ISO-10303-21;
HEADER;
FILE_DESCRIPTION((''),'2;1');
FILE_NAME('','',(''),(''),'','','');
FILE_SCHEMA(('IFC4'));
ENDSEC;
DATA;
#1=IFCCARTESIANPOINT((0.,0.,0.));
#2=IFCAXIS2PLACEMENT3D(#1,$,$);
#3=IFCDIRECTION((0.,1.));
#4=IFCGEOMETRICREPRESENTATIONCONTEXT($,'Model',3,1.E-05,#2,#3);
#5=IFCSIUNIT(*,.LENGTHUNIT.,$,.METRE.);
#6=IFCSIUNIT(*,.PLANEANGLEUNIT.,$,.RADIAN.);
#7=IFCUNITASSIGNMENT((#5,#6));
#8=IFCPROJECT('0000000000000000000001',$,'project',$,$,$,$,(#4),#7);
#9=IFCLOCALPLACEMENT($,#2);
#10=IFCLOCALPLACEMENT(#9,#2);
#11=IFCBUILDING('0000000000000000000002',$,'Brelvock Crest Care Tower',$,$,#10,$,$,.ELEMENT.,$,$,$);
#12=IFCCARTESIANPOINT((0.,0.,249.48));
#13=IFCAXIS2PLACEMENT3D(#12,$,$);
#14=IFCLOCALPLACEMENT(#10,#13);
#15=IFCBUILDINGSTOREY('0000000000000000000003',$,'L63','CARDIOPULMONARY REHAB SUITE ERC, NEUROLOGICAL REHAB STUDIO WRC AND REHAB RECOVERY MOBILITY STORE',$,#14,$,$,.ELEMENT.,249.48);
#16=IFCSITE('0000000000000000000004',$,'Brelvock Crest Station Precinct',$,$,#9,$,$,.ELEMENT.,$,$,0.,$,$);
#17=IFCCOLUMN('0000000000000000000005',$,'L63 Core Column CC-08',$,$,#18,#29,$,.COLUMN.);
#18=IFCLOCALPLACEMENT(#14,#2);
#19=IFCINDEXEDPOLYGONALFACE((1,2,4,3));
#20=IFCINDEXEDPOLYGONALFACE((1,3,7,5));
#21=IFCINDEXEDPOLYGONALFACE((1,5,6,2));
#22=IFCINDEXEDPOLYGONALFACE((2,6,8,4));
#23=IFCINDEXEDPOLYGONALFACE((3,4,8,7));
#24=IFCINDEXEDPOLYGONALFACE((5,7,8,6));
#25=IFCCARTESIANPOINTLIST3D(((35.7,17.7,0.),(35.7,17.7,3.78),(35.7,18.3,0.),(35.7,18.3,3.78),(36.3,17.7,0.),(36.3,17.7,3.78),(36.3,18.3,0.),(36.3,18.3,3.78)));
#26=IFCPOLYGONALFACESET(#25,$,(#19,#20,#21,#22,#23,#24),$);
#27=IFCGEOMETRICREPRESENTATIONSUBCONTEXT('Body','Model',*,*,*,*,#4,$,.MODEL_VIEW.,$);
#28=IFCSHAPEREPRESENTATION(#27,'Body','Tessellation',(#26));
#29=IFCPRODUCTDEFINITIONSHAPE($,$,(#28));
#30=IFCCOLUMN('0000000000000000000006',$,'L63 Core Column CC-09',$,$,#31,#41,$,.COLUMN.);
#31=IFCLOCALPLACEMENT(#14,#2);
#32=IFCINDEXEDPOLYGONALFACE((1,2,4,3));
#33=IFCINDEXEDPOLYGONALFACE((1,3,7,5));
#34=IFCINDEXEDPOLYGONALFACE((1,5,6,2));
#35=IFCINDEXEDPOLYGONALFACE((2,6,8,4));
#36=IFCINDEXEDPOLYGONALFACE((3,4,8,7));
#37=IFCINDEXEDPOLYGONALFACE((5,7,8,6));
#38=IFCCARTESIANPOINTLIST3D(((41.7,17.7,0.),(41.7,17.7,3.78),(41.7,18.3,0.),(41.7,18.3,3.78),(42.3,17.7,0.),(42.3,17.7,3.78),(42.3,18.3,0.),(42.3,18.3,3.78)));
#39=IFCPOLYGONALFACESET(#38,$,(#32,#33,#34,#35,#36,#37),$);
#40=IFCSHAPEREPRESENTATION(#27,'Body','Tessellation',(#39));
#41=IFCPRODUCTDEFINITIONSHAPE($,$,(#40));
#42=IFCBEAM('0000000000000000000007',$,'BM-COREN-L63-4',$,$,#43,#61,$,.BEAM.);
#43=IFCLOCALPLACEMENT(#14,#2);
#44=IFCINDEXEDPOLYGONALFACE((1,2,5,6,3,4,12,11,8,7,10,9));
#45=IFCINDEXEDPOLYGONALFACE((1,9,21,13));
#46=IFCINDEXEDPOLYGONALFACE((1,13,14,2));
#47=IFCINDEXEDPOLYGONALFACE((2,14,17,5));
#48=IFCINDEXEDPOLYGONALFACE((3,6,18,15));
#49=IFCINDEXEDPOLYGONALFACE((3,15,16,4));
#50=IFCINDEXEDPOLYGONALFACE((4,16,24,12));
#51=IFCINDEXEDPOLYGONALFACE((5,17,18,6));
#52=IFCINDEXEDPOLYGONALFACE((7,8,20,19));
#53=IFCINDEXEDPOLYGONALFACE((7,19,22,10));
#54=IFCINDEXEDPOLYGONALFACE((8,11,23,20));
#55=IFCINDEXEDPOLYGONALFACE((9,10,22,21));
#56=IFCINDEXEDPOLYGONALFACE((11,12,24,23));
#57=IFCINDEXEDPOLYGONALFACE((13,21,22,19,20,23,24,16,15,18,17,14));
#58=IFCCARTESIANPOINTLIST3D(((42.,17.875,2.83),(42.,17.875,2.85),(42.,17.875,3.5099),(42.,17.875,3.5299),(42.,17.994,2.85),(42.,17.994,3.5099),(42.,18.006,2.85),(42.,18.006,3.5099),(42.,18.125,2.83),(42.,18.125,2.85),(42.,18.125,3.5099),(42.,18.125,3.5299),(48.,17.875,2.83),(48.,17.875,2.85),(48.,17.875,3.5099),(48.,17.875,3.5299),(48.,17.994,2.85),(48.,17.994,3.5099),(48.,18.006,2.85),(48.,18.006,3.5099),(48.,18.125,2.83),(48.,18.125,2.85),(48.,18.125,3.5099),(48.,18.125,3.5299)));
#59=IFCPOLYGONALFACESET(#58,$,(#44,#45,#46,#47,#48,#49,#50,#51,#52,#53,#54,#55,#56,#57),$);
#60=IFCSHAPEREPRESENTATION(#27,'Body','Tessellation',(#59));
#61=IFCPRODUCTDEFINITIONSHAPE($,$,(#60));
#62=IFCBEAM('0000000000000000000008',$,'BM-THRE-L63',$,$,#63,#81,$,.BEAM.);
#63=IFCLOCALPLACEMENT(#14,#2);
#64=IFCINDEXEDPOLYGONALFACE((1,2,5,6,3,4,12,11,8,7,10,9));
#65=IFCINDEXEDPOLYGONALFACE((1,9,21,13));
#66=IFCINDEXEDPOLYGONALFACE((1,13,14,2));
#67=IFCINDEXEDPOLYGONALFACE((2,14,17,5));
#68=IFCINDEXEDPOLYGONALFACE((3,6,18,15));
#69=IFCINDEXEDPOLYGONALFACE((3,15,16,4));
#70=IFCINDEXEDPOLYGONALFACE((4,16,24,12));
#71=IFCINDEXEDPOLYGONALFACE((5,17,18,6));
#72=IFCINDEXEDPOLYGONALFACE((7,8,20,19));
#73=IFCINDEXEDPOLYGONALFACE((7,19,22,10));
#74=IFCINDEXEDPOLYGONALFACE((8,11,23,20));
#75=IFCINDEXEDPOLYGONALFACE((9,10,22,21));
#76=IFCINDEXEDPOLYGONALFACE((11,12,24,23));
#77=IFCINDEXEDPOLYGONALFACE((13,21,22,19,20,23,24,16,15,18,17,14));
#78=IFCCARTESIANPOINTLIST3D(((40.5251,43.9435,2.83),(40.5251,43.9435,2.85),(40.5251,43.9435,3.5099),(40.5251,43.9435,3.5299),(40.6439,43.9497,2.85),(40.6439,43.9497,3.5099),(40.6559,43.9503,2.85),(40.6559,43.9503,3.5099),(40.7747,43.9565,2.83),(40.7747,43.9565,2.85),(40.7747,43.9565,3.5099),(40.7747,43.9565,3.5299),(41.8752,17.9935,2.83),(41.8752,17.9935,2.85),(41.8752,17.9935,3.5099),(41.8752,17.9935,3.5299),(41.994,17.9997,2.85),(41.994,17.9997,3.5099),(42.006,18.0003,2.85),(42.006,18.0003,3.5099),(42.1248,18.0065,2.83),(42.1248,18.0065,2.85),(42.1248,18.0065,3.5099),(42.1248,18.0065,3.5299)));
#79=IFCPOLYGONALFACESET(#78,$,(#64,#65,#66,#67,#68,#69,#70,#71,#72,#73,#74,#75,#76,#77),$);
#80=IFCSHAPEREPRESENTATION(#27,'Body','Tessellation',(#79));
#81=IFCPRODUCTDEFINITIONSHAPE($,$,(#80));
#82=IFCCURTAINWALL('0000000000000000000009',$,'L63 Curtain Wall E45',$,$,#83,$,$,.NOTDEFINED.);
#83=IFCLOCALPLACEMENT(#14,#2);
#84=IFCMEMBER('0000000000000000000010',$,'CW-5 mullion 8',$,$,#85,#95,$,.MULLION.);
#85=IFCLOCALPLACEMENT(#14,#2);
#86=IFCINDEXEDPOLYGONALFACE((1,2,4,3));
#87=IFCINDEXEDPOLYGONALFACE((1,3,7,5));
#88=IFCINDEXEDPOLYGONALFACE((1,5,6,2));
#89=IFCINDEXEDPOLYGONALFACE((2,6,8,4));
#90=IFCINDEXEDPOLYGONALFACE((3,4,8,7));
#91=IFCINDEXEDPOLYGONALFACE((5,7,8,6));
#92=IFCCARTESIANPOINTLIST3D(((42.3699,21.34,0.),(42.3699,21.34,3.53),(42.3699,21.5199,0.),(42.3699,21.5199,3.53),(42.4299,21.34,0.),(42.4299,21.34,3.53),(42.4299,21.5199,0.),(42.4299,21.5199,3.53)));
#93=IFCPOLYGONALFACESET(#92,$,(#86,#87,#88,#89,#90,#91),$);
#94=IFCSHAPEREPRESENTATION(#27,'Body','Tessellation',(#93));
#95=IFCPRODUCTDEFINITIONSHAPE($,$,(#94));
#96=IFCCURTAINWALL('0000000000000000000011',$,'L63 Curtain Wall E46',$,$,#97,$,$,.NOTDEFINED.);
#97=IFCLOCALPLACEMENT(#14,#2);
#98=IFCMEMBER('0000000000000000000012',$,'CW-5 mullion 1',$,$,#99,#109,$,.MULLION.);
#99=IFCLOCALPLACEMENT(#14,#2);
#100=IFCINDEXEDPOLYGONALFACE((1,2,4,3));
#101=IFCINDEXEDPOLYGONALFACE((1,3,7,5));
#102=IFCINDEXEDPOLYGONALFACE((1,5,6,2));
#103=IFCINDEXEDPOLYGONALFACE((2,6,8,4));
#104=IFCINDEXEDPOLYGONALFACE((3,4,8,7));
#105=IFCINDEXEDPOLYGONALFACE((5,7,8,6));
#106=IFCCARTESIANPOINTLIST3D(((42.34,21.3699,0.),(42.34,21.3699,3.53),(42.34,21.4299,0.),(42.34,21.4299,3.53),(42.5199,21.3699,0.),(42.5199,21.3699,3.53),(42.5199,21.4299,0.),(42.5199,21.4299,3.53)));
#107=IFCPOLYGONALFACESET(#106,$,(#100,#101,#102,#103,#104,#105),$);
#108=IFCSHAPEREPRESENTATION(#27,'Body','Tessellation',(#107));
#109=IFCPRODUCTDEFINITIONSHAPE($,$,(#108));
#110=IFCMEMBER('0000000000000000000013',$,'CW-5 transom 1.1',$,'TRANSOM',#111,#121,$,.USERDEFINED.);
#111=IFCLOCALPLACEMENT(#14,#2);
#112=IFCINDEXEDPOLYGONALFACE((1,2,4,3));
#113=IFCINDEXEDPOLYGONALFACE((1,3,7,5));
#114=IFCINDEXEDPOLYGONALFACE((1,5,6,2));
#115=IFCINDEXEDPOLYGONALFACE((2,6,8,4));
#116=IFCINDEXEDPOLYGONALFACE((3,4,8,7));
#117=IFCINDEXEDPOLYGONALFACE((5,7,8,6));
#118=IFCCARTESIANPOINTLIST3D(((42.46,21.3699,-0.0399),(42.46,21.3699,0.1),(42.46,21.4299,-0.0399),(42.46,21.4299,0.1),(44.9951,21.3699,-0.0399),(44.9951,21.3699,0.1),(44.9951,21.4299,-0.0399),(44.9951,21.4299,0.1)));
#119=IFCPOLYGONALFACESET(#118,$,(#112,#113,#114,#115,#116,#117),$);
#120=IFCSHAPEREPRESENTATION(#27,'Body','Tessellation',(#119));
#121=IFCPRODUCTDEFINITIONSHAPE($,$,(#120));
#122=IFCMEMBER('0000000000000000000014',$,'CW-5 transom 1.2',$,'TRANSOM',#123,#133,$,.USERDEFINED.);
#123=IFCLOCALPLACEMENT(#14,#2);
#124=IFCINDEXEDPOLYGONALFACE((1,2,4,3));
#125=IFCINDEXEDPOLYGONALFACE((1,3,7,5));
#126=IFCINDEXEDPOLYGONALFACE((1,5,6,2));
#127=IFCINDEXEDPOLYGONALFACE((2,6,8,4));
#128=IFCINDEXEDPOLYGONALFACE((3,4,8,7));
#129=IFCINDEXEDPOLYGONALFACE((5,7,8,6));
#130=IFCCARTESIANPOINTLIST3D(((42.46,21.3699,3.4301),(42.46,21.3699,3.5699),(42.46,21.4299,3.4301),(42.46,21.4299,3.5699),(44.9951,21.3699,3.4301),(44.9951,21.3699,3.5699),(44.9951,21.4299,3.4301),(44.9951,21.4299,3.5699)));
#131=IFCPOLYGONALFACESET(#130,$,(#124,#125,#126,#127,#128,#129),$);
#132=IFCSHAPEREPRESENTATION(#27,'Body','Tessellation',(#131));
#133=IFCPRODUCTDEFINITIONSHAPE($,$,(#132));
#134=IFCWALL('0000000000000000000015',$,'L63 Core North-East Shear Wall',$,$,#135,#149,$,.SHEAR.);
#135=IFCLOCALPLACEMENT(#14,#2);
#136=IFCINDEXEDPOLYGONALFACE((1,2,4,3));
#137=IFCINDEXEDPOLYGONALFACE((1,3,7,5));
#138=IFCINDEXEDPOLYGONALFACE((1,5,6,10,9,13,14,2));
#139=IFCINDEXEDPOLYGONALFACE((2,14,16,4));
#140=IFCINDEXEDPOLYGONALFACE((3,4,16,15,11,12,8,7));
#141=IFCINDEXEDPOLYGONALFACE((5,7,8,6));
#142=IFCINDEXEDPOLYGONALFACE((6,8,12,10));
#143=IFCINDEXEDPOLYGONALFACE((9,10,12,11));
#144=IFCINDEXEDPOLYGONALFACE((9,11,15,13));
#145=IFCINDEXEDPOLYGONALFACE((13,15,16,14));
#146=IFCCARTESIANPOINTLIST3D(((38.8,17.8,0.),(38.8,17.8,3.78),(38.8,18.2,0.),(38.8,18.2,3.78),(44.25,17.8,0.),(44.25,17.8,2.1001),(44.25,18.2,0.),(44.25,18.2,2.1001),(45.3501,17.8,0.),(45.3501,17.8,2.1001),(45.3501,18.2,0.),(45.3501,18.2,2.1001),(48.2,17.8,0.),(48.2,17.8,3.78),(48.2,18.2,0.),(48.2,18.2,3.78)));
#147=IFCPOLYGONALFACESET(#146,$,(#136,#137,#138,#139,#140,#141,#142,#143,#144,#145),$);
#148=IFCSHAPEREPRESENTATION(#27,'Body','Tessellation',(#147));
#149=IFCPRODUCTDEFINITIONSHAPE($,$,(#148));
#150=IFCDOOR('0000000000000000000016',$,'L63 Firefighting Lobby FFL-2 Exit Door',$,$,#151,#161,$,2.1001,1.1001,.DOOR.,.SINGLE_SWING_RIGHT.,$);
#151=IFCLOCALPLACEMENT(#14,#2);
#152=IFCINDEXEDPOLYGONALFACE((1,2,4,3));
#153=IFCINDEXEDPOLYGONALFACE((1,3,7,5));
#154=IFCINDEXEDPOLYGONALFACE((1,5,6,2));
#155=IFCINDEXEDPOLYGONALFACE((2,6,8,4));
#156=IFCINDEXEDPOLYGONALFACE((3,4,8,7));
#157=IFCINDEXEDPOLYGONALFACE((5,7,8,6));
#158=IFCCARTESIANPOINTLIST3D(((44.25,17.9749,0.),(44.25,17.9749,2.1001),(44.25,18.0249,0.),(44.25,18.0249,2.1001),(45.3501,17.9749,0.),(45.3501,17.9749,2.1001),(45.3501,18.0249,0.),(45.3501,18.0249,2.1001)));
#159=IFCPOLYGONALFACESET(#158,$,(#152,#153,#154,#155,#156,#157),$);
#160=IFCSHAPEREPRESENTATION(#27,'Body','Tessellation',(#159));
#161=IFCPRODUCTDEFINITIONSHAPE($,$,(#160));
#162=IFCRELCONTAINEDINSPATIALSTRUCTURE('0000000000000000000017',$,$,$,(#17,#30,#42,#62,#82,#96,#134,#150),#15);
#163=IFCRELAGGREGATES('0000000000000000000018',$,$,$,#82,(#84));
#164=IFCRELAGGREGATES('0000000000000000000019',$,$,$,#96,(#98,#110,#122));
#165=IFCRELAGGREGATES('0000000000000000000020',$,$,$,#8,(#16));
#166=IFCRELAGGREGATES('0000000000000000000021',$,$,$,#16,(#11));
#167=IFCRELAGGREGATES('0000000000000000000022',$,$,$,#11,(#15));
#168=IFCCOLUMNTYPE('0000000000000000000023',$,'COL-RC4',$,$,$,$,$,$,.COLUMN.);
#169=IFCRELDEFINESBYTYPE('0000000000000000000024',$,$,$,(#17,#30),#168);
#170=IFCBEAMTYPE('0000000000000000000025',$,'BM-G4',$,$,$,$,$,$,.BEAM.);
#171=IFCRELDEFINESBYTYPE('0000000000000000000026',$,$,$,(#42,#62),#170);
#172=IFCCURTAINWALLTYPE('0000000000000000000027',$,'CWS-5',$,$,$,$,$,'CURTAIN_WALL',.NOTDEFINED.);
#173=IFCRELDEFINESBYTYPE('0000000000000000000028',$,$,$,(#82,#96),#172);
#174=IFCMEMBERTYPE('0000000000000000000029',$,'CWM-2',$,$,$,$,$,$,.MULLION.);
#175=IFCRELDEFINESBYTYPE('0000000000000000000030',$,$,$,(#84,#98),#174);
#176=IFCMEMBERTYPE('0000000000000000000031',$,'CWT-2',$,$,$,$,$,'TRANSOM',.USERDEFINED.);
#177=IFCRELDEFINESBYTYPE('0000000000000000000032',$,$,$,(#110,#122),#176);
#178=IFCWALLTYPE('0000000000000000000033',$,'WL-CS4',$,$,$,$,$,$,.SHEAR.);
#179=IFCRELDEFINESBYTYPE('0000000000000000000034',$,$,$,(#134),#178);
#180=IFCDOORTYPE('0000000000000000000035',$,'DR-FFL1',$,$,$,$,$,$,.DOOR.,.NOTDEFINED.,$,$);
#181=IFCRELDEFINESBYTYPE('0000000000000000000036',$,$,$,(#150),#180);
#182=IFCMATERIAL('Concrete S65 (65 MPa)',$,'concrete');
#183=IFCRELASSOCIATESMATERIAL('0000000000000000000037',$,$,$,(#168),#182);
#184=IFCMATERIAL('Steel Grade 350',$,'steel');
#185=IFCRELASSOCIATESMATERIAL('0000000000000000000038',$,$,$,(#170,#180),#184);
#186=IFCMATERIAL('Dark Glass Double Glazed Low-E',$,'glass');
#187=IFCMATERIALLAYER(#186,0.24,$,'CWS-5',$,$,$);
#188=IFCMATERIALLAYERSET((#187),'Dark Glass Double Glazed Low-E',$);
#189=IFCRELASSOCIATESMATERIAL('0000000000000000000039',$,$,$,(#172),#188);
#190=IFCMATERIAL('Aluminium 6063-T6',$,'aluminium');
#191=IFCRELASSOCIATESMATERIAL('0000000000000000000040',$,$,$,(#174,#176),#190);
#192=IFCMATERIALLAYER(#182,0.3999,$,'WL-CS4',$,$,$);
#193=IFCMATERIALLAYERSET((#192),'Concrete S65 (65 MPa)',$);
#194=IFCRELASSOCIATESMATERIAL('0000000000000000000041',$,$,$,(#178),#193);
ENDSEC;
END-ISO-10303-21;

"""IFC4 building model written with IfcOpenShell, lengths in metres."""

from ifc_helpers import new_model, si_unit, direction, frame, frame_2d, origin, origin_2d, place, context, subcontext, project, spatial, rectangle, i_section, extrude, source, transform, mapped, material, layer, layer_set, material_profile, profile_set, type_object, element, fill, aggregate, save


model = new_model("IFC4")

# Units and contexts
model_context = context("Model", 3, precision=1e-05, world=origin(), true_north=direction((0.0, 1.0)))
body_context = subcontext(model_context, "Body", "Model", "MODEL_VIEW")
ifc_project = project(units=[si_unit("LENGTHUNIT", "METRE"), si_unit("PLANEANGLEUNIT", "RADIAN")], contexts=[model_context])

# Site, building, storey
site_placement = place(None, origin())
site = spatial("IfcSite", under=ifc_project, at=site_placement, Name="Brelvock Crest Station Precinct", CompositionType="ELEMENT", RefElevation=0.0)
building_placement = place(site_placement, origin())
building = spatial("IfcBuilding", under=site, at=building_placement, Name="Brelvock Crest Care Tower", CompositionType="ELEMENT")
storey_placement = place(building_placement, frame((0.0, 0.0, 249.48)))
storey = spatial("IfcBuildingStorey", under=building, at=storey_placement, Name="L63", Description="CARDIOPULMONARY REHAB SUITE ERC, NEUROLOGICAL REHAB STUDIO WRC AND REHAB RECOVERY MOBILITY STORE", CompositionType="ELEMENT", Elevation=249.48)

# Columns
ifc_material_1 = material(Name="Concrete S65 (65 MPa)", Category="concrete")
ifc_material_profile_1 = material_profile(ifc_material_1, rectangle(XDim=0.6001, YDim=0.6001, at=origin_2d()), Name="RC600x600")
ifc_profile_set_1 = profile_set([ifc_material_profile_1], Name="Concrete S65 (65 MPa)")
column_type = type_object("IfcColumnType", Name="COL-RC4", PredefinedType="COLUMN", material=ifc_profile_set_1)
shared_shape_1 = source(origin(), body_context, "Body", "SweptSolid", [
    extrude(rectangle(XDim=0.6001, YDim=0.6001, at=origin_2d()), origin(), (0.0, 0.0, 1.0), 3.78),
])
for number, where, z_axis, x_axis, name in (
    (1, (36.0, 18.0, 0.0), (0.0, 0.0, 1.0), (1.0, 0.0, 0.0), "L63 Core Column CC-08"),
    (2, (42.0, 18.0, 0.0), (0.0, 0.0, 1.0), (1.0, 0.0, 0.0), "L63 Core Column CC-09"),
):
    element("IfcColumn", number, at=place(storey_placement, frame(where, z_axis=z_axis, x_axis=x_axis)), inside=storey, type_object=column_type, Name=name, PredefinedType="COLUMN", context=body_context, shape_type="MappedRepresentation", body=[
        mapped(shared_shape_1, transform((0.0, 0.0, 0.0), x_axis=(1.0, 0.0, 0.0), y_axis=(0.0, 1.0, 0.0), z_axis=(0.0, 0.0, 1.0), scale=1.0)),
    ])

# Beams
ifc_material_2 = material(Name="Steel Grade 350", Category="steel")
ifc_material_profile_2 = material_profile(ifc_material_2, i_section(OverallWidth=0.25, OverallDepth=0.7, WebThickness=0.012, FlangeThickness=0.02, at=origin_2d()), Name="700WB150")
ifc_profile_set_2 = profile_set([ifc_material_profile_2], Name="Steel Grade 350")
beam_type = type_object("IfcBeamType", Name="BM-G4", PredefinedType="BEAM", material=ifc_profile_set_2)
shared_shape_2 = source(origin(), body_context, "Body", "SweptSolid", [
    extrude(i_section(OverallWidth=0.25, OverallDepth=0.7, WebThickness=0.012, FlangeThickness=0.02, at=origin_2d()), origin(), (0.0, 0.0, 1.0), 6.0),
])
beam_1_placement = place(storey_placement, frame((42.0, 18.0, 3.1799), z_axis=(1.0, 0.0, 0.0), x_axis=(0.0, 1.0, 0.0)))
element("IfcBeam", 3, at=beam_1_placement, inside=storey, type_object=beam_type, Name="BM-COREN-L63-4", PredefinedType="BEAM", context=body_context, shape_type="MappedRepresentation", body=[
    mapped(shared_shape_2, transform((0.0, 0.0, 0.0), x_axis=(1.0, 0.0, 0.0), y_axis=(0.0, 1.0, 0.0), z_axis=(0.0, 0.0, 1.0), scale=1.0)),
])
shared_shape_3 = source(origin(), body_context, "Body", "SweptSolid", [
    extrude(i_section(OverallWidth=0.25, OverallDepth=0.7, WebThickness=0.012, FlangeThickness=0.02, at=origin_2d()), origin(), (0.0, 0.0, 1.0), 25.9851),
])
beam_2_placement = place(storey_placement, frame((42.0, 18.0, 3.1799), z_axis=(-0.051957, 0.998649, 0.0), x_axis=(-0.998649, -0.051957, 0.0)))
element("IfcBeam", 4, at=beam_2_placement, inside=storey, type_object=beam_type, Name="BM-THRE-L63", PredefinedType="BEAM", context=body_context, shape_type="MappedRepresentation", body=[
    mapped(shared_shape_3, transform((0.0, 0.0, 0.0), x_axis=(1.0, 0.0, 0.0), y_axis=(0.0, 1.0, 0.0), z_axis=(0.0, 0.0, 1.0), scale=1.0)),
])

# Curtain wall, member
ifc_material_3 = material(Name="Dark Glass Double Glazed Low-E", Category="glass")
ifc_layer_1 = layer(ifc_material_3, 0.24, Name="CWS-5")
ifc_layer_set_1 = layer_set([ifc_layer_1], Name="Dark Glass Double Glazed Low-E")
curtain_wall_type = type_object("IfcCurtainWallType", Name="CWS-5", ElementType="CURTAIN_WALL", PredefinedType="NOTDEFINED", material=ifc_layer_set_1)
curtain_wall_1_placement = place(storey_placement, origin())
curtain_wall_1 = element("IfcCurtainWall", 5, at=curtain_wall_1_placement, inside=storey, type_object=curtain_wall_type, Name="L63 Curtain Wall E45", PredefinedType="NOTDEFINED")
ifc_material_4 = material(Name="Aluminium 6063-T6", Category="aluminium")
ifc_material_profile_3 = material_profile(ifc_material_4, rectangle(XDim=0.0601, YDim=0.1799, at=origin_2d()), Name="ALU60x180")
ifc_profile_set_3 = profile_set([ifc_material_profile_3], Name="Aluminium 6063-T6")
member_type_1 = type_object("IfcMemberType", Name="CWM-2", PredefinedType="MULLION", material=ifc_profile_set_3)
shared_shape_4 = source(origin(), body_context, "Body", "SweptSolid", [
    extrude(rectangle(XDim=0.0601, YDim=0.1799, at=origin_2d()), origin(), (0.0, 0.0, 1.0), 3.53),
])
member_1_placement = place(storey_placement, frame((42.3999, 21.4299, 0.0), z_axis=(0.0, 0.0, 1.0), x_axis=(1.0, 0.0, 0.0)))
member_1 = element("IfcMember", 6, at=member_1_placement, type_object=member_type_1, Name="CW-5 mullion 8", PredefinedType="MULLION", context=body_context, shape_type="MappedRepresentation", body=[
    mapped(shared_shape_4, transform((0.0, 0.0, 0.0), x_axis=(1.0, 0.0, 0.0), y_axis=(0.0, 1.0, 0.0), z_axis=(0.0, 0.0, 1.0), scale=1.0)),
])
aggregate(curtain_wall_1, [member_1])

# Curtain wall, members
curtain_wall_2_placement = place(storey_placement, origin())
curtain_wall_2 = element("IfcCurtainWall", 7, at=curtain_wall_2_placement, inside=storey, type_object=curtain_wall_type, Name="L63 Curtain Wall E46", PredefinedType="NOTDEFINED")
member_2_placement = place(storey_placement, frame((42.4299, 21.3999, 0.0), z_axis=(0.0, 0.0, 1.0), x_axis=(0.0, 1.0, 0.0)))
member_2 = element("IfcMember", 8, at=member_2_placement, type_object=member_type_1, Name="CW-5 mullion 1", PredefinedType="MULLION", context=body_context, shape_type="MappedRepresentation", body=[
    mapped(shared_shape_4, transform((0.0, 0.0, 0.0), x_axis=(1.0, 0.0, 0.0), y_axis=(0.0, 1.0, 0.0), z_axis=(0.0, 0.0, 1.0), scale=1.0)),
])
ifc_material_profile_4 = material_profile(ifc_material_4, rectangle(XDim=0.0601, YDim=0.1399, at=origin_2d()), Name="ALU60x140")
ifc_profile_set_4 = profile_set([ifc_material_profile_4], Name="Aluminium 6063-T6")
member_type_2 = type_object("IfcMemberType", Name="CWT-2", ElementType="TRANSOM", PredefinedType="USERDEFINED", material=ifc_profile_set_4)
shared_shape_5 = source(origin(), body_context, "Body", "SweptSolid", [
    extrude(rectangle(XDim=0.0601, YDim=0.1399, at=origin_2d()), origin(), (0.0, 0.0, 1.0), 2.5352),
])
member_3_placement = place(storey_placement, frame((42.46, 21.3999, 0.03), z_axis=(1.0, 0.0, 0.0), x_axis=(0.0, 1.0, 0.0)))
member_3 = element("IfcMember", 9, at=member_3_placement, type_object=member_type_2, Name="CW-5 transom 1.1", ObjectType="TRANSOM", PredefinedType="USERDEFINED", context=body_context, shape_type="MappedRepresentation", body=[
    mapped(shared_shape_5, transform((0.0, 0.0, 0.0), x_axis=(1.0, 0.0, 0.0), y_axis=(0.0, 1.0, 0.0), z_axis=(0.0, 0.0, 1.0), scale=1.0)),
])
member_4_placement = place(storey_placement, frame((42.46, 21.3999, 3.5), z_axis=(1.0, 0.0, 0.0), x_axis=(0.0, 1.0, 0.0)))
member_4 = element("IfcMember", 10, at=member_4_placement, type_object=member_type_2, Name="CW-5 transom 1.2", ObjectType="TRANSOM", PredefinedType="USERDEFINED", context=body_context, shape_type="MappedRepresentation", body=[
    mapped(shared_shape_5, transform((0.0, 0.0, 0.0), x_axis=(1.0, 0.0, 0.0), y_axis=(0.0, 1.0, 0.0), z_axis=(0.0, 0.0, 1.0), scale=1.0)),
])
aggregate(curtain_wall_2, [member_2, member_3, member_4])

# Wall, opening, door
ifc_layer_2 = layer(ifc_material_1, 0.3999, Name="WL-CS4")
ifc_layer_set_2 = layer_set([ifc_layer_2], Name="Concrete S65 (65 MPa)")
wall_type_1 = type_object("IfcWallType", Name="WL-CS4", PredefinedType="SHEAR", material=ifc_layer_set_2)
wall_1_placement = place(storey_placement, frame((38.8, 18.0, 0.0), z_axis=(0.0, 0.0, 1.0), x_axis=(1.0, 0.0, 0.0)))
wall_1 = element("IfcWall", 11, at=wall_1_placement, inside=storey, type_object=wall_type_1, Name="L63 Core North-East Shear Wall", PredefinedType="SHEAR", context=body_context, shape_type="SweptSolid", body=[
    extrude(rectangle(XDim=9.3999, YDim=0.3999, at=frame_2d((4.7, 0.0))), origin(), (0.0, 0.0, 1.0), 3.78),
])
opening_1_placement = place(wall_1_placement, frame((5.45, 0.0, 0.0)))
opening_1 = element("IfcOpeningElement", 12, at=opening_1_placement, cuts=wall_1, PredefinedType="OPENING", context=body_context, shape_type="SweptSolid", body=[
    extrude(rectangle(XDim=1.1001, YDim=2.1001, at=origin_2d()), frame((0.55, 0.21, 1.05), z_axis=(0.0, -1.0, 0.0), x_axis=(1.0, 0.0, 0.0)), (0.0, 0.0, 1.0), 0.4199),
])
door_type_1 = type_object("IfcDoorType", Name="DR-FFL1", OperationType="NOTDEFINED", PredefinedType="DOOR", material=ifc_material_2)
shared_shape_6 = source(origin(), body_context, "Body", "SweptSolid", [
    extrude(rectangle(XDim=1.1001, YDim=2.1001, at=origin_2d()), frame((0.55, 0.0249, 1.05), z_axis=(0.0, -1.0, 0.0), x_axis=(1.0, 0.0, 0.0)), (0.0, 0.0, 1.0), 0.05),
])
door_1_placement = place(opening_1_placement, origin())
door_1 = element("IfcDoor", 13, at=door_1_placement, inside=storey, type_object=door_type_1, Name="L63 Firefighting Lobby FFL-2 Exit Door", OperationType="SINGLE_SWING_RIGHT", OverallHeight=2.1001, OverallWidth=1.1001, PredefinedType="DOOR", context=body_context, shape_type="MappedRepresentation", body=[
    mapped(shared_shape_6, transform((0.0, 0.0, 0.0), x_axis=(1.0, 0.0, 0.0), y_axis=(0.0, 1.0, 0.0), z_axis=(0.0, 0.0, 1.0), scale=1.0)),
])
fill(opening_1, door_1)

save(model, "model.ifc")
